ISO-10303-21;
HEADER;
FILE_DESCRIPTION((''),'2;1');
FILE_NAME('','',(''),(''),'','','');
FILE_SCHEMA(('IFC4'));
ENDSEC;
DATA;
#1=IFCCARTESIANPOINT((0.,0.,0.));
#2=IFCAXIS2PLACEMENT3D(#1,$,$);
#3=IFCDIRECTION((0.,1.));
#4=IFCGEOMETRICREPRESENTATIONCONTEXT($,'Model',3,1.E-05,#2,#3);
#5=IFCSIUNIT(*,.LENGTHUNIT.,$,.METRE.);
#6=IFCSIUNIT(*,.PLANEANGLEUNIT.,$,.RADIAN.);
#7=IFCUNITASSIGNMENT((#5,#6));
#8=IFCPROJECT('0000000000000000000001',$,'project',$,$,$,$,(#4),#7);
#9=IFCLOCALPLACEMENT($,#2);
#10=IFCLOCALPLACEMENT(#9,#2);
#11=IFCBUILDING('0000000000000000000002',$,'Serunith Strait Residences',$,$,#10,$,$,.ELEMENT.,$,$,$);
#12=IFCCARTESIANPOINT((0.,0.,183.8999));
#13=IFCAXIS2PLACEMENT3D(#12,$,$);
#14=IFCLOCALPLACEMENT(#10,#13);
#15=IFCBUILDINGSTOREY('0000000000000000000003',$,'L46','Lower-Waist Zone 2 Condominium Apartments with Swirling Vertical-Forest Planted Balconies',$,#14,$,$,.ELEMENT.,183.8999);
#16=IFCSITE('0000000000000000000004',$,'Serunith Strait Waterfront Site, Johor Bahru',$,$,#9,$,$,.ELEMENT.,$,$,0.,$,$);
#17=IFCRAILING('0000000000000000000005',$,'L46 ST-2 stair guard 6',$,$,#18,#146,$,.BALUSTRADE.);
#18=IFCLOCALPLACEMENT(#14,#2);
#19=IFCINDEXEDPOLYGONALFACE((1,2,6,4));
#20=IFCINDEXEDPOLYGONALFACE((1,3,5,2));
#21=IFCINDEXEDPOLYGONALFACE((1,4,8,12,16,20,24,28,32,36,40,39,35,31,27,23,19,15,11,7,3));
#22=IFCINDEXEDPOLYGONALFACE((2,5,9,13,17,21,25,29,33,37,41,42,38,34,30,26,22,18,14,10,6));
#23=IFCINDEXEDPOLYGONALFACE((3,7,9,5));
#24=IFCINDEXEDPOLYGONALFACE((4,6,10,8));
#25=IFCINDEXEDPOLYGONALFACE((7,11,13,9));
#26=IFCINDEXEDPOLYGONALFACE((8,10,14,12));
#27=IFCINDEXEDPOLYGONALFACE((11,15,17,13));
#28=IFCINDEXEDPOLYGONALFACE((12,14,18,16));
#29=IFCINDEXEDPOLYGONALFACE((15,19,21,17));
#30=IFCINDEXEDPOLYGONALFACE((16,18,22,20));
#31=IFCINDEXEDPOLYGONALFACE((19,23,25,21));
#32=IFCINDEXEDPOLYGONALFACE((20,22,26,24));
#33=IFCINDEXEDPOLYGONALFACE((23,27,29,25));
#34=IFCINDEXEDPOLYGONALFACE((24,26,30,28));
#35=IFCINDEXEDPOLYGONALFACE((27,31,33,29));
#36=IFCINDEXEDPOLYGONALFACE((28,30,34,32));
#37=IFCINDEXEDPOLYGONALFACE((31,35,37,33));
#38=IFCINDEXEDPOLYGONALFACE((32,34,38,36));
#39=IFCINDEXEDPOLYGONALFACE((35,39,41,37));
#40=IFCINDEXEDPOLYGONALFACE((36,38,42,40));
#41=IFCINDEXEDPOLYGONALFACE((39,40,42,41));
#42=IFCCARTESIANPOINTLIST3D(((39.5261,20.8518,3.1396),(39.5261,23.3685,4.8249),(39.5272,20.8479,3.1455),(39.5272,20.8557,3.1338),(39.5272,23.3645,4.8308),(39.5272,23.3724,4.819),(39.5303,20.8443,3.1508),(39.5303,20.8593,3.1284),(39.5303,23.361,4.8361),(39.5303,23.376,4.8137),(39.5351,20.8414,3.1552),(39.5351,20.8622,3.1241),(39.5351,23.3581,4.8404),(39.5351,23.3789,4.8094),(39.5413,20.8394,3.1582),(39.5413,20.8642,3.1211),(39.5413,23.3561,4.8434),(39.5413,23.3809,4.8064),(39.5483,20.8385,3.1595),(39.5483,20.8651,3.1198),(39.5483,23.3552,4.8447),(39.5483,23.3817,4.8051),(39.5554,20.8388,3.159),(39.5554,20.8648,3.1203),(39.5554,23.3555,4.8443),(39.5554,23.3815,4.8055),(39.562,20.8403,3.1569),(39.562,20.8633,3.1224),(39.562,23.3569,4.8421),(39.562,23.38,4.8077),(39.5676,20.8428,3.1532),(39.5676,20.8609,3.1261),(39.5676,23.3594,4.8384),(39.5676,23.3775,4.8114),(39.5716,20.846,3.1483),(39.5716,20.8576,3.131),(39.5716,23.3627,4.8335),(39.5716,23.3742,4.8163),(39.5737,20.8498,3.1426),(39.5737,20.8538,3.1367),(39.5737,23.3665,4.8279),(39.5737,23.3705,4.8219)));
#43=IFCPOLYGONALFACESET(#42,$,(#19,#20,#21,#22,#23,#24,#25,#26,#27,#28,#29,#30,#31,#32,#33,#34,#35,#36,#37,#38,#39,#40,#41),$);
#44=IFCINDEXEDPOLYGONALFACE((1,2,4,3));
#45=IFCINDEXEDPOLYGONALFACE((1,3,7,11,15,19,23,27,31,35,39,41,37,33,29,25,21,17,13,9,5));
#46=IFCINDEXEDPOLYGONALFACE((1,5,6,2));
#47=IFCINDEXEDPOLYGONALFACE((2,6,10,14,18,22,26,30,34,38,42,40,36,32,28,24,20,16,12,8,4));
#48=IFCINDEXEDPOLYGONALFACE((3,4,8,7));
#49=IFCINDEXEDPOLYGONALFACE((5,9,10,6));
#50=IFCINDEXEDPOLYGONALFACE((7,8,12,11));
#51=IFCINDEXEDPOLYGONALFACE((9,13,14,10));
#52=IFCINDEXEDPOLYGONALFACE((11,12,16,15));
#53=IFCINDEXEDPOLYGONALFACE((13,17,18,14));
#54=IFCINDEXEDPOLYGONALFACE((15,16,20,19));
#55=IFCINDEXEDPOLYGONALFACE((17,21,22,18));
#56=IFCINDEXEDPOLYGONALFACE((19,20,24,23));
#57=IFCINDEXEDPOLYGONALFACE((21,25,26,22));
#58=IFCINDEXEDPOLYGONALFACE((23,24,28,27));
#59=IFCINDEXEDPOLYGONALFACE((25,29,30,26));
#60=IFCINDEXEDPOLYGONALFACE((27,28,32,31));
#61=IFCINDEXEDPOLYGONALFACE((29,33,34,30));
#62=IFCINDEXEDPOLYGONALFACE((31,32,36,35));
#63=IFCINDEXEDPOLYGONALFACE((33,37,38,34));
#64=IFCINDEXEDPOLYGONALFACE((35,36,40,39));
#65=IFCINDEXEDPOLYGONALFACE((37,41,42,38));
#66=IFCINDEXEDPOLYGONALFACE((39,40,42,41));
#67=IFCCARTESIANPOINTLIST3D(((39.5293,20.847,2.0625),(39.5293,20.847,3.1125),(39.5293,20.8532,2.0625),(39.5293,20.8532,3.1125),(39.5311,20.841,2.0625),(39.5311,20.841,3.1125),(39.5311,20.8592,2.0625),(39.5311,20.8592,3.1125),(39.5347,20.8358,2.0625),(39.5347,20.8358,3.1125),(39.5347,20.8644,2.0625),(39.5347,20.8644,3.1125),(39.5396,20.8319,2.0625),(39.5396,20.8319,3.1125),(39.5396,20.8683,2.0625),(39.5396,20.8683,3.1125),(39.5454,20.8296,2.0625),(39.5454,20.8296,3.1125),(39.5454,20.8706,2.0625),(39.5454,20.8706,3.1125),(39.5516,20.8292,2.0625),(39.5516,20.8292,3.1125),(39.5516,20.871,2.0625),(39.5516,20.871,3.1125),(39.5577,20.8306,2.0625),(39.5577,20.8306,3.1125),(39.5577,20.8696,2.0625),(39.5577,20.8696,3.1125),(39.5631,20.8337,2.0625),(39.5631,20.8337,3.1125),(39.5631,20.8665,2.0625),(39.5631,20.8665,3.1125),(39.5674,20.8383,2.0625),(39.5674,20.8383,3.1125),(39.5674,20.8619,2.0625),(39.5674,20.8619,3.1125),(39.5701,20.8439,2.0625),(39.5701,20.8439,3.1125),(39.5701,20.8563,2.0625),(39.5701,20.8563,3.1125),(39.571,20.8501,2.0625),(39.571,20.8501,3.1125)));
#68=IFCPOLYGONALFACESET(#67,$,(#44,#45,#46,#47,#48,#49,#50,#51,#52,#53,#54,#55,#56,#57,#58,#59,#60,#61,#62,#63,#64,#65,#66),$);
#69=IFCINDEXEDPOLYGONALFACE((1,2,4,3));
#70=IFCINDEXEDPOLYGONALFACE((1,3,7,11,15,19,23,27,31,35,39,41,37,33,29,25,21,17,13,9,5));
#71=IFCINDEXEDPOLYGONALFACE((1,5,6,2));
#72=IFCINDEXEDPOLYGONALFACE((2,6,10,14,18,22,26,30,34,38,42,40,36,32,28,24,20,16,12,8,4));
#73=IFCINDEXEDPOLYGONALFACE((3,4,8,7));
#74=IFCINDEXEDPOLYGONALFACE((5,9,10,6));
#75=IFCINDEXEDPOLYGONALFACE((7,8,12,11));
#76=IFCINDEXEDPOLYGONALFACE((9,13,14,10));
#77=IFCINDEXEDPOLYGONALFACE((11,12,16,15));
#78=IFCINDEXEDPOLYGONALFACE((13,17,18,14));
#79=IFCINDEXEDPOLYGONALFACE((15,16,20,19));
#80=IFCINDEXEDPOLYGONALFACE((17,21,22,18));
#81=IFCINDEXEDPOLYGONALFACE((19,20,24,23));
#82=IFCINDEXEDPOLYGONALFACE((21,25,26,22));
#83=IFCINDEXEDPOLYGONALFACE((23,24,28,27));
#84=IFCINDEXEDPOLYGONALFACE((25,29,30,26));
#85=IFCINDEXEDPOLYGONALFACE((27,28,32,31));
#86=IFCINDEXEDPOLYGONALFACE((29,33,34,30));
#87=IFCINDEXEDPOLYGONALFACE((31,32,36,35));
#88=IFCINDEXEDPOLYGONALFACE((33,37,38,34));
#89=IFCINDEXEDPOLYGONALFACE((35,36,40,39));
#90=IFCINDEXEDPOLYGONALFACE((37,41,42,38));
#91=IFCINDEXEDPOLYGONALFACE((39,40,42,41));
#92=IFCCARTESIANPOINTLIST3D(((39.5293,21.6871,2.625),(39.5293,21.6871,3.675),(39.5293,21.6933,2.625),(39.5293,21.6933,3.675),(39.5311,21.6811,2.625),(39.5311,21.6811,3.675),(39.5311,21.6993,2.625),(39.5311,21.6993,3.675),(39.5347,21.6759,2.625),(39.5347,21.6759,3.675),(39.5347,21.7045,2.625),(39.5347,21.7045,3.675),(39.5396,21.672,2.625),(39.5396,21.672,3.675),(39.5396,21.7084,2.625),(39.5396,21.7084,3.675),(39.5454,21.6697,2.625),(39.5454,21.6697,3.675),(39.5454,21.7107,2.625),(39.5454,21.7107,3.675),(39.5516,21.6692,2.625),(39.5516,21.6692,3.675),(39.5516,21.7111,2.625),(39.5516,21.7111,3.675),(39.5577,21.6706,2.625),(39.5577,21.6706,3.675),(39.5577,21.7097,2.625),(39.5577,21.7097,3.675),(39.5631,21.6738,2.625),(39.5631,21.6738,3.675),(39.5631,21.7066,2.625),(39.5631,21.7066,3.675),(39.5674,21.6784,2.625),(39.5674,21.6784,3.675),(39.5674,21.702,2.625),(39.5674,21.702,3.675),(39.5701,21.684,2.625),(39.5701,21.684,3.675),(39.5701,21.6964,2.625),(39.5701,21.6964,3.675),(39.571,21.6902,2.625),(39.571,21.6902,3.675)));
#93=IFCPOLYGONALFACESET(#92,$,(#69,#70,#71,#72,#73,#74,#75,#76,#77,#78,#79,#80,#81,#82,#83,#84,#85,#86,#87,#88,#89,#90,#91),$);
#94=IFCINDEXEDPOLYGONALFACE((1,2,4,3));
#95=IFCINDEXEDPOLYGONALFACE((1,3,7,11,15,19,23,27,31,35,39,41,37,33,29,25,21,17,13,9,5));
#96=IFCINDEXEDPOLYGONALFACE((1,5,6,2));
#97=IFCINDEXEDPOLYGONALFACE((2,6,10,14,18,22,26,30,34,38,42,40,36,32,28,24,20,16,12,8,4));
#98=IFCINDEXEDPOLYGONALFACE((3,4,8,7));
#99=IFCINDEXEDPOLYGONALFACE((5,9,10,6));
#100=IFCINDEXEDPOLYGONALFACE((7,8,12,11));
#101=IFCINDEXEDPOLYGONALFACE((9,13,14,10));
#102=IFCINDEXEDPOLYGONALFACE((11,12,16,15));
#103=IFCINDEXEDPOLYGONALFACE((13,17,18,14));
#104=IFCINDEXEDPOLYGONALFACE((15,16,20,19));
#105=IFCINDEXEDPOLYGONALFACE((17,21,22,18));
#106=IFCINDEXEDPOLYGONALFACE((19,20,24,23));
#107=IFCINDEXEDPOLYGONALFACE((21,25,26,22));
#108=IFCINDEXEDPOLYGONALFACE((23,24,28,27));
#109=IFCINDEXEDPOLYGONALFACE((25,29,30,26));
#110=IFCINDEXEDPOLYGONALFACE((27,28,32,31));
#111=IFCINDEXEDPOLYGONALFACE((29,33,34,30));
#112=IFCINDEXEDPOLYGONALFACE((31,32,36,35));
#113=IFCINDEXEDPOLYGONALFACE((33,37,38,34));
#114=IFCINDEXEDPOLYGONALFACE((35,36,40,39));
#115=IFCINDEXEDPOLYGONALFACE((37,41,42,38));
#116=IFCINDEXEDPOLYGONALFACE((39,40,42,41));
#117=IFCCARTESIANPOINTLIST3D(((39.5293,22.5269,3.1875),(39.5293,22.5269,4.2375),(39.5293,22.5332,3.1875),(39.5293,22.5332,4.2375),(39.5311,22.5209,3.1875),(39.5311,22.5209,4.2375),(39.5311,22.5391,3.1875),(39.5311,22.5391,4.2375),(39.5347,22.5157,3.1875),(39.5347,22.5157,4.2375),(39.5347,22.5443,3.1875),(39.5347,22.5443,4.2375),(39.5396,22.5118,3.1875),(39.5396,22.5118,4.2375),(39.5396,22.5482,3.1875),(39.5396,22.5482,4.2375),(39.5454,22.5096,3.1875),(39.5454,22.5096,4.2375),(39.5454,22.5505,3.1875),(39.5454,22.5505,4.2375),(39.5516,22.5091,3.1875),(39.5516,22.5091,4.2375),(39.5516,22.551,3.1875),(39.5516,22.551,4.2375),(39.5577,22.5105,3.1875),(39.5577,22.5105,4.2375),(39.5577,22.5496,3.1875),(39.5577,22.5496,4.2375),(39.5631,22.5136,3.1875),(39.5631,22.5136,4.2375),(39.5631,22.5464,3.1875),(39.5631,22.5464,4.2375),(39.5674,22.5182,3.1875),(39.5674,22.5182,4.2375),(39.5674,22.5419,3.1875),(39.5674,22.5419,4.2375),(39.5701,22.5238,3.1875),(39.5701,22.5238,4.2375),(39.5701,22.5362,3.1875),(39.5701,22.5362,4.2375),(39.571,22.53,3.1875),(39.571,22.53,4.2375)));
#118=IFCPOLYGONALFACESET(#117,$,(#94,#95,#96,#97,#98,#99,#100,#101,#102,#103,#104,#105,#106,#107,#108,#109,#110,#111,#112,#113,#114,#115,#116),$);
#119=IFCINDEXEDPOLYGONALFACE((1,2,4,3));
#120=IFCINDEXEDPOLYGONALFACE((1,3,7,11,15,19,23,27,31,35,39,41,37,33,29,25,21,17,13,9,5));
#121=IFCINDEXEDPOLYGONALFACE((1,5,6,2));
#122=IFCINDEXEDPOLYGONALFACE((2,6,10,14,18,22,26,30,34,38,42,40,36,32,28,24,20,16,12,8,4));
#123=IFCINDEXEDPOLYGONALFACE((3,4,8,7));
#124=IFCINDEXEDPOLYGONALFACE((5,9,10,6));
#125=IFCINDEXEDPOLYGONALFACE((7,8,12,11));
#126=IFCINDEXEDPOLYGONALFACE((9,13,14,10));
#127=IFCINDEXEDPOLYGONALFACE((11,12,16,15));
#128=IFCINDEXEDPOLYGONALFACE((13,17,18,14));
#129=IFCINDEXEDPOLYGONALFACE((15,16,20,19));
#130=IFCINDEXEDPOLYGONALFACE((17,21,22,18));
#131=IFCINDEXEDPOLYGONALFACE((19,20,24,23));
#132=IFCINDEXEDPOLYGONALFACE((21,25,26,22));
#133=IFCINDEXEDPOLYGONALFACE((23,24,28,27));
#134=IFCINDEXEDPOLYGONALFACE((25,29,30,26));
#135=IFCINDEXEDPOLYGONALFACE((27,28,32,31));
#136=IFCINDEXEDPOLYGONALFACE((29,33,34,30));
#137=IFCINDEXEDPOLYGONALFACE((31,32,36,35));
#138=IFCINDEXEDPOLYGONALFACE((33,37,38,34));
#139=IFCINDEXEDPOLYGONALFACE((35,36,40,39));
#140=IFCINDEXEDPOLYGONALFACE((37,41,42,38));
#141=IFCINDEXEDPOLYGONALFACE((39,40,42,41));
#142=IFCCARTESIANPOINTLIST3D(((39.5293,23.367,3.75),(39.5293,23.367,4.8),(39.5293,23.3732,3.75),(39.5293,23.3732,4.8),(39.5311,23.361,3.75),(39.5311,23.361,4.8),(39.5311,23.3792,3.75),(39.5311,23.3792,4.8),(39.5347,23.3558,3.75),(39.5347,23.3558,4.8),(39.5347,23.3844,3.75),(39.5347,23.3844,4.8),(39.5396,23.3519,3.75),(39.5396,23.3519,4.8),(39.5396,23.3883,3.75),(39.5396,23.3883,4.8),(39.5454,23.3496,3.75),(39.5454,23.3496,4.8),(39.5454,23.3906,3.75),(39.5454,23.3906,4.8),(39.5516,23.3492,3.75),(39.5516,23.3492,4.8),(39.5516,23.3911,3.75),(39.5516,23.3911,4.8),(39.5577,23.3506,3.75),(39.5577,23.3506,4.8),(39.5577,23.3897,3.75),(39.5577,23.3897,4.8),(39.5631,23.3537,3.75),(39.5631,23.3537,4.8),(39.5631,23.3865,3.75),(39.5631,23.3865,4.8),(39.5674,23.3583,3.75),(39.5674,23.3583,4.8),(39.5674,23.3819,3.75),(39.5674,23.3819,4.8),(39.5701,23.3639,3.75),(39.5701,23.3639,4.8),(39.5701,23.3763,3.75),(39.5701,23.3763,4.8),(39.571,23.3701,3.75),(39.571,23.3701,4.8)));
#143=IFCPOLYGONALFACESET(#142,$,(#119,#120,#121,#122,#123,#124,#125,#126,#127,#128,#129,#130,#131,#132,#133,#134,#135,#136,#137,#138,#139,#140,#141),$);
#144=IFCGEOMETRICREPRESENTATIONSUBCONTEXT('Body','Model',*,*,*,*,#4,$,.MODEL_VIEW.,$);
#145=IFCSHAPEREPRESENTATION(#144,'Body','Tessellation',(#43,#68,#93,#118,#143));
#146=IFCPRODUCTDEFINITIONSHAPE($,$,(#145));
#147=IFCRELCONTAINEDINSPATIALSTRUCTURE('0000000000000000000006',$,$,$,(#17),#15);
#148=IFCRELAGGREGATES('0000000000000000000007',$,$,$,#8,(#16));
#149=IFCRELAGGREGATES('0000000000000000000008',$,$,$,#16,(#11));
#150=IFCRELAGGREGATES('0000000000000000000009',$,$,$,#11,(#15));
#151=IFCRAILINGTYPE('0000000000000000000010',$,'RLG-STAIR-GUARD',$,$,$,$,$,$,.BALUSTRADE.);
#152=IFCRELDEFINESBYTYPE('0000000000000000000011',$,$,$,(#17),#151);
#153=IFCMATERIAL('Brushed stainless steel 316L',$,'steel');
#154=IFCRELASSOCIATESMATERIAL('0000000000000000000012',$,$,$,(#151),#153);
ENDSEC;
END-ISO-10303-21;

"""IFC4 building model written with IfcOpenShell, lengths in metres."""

from ifc_helpers import new_model, si_unit, direction, frame, origin, origin_2d, place, context, subcontext, project, spatial, circle, extrude, material, type_object, element, save


model = new_model("IFC4")

# Units and contexts
model_context = context("Model", 3, precision=1e-05, world=origin(), true_north=direction((0.0, 1.0)))
body_context = subcontext(model_context, "Body", "Model", "MODEL_VIEW")
ifc_project = project(units=[si_unit("LENGTHUNIT", "METRE"), si_unit("PLANEANGLEUNIT", "RADIAN")], contexts=[model_context])

# Site, building, storey
site_placement = place(None, origin())
site = spatial("IfcSite", under=ifc_project, at=site_placement, Name="Serunith Strait Waterfront Site, Johor Bahru", CompositionType="ELEMENT", RefElevation=0.0)
building_placement = place(site_placement, origin())
building = spatial("IfcBuilding", under=site, at=building_placement, Name="Serunith Strait Residences", CompositionType="ELEMENT")
storey_placement = place(building_placement, frame((0.0, 0.0, 183.8999)))
storey = spatial("IfcBuildingStorey", under=building, at=storey_placement, Name="L46", Description="Lower-Waist Zone 2 Condominium Apartments with Swirling Vertical-Forest Planted Balconies", CompositionType="ELEMENT", Elevation=183.8999)

# Railing
ifc_material_1 = material(Name="Brushed stainless steel 316L", Category="steel")
railing_type_1 = type_object("IfcRailingType", Name="RLG-STAIR-GUARD", PredefinedType="BALUSTRADE", material=ifc_material_1)
railing_1_placement = place(storey_placement, frame((39.55, 20.8501, 2.0625)))
element("IfcRailing", 1, at=railing_1_placement, inside=storey, type_object=railing_type_1, Name="L46 ST-2 stair guard 6", PredefinedType="BALUSTRADE", context=body_context, shape_type="SweptSolid", body=[
    extrude(circle(Radius=0.0239, at=origin_2d()), frame((0.0, 0.0017, 1.0771), z_axis=(0.0, 0.830909, 0.556408), x_axis=(-1.0, 0.0, 0.0)), (0.0, 0.0, 1.0), 3.0288),
    extrude(circle(Radius=0.021, at=origin_2d()), origin(), (0.0, 0.0, 1.0), 1.05),
    extrude(circle(Radius=0.021, at=origin_2d()), frame((0.0, 0.8401, 0.5625)), (0.0, 0.0, 1.0), 1.05),
    extrude(circle(Radius=0.021, at=origin_2d()), frame((0.0, 1.6799, 1.125)), (0.0, 0.0, 1.0), 1.05),
    extrude(circle(Radius=0.021, at=origin_2d()), frame((0.0, 2.52, 1.6875)), (0.0, 0.0, 1.0), 1.05),
])

save(model, "model.ifc")
